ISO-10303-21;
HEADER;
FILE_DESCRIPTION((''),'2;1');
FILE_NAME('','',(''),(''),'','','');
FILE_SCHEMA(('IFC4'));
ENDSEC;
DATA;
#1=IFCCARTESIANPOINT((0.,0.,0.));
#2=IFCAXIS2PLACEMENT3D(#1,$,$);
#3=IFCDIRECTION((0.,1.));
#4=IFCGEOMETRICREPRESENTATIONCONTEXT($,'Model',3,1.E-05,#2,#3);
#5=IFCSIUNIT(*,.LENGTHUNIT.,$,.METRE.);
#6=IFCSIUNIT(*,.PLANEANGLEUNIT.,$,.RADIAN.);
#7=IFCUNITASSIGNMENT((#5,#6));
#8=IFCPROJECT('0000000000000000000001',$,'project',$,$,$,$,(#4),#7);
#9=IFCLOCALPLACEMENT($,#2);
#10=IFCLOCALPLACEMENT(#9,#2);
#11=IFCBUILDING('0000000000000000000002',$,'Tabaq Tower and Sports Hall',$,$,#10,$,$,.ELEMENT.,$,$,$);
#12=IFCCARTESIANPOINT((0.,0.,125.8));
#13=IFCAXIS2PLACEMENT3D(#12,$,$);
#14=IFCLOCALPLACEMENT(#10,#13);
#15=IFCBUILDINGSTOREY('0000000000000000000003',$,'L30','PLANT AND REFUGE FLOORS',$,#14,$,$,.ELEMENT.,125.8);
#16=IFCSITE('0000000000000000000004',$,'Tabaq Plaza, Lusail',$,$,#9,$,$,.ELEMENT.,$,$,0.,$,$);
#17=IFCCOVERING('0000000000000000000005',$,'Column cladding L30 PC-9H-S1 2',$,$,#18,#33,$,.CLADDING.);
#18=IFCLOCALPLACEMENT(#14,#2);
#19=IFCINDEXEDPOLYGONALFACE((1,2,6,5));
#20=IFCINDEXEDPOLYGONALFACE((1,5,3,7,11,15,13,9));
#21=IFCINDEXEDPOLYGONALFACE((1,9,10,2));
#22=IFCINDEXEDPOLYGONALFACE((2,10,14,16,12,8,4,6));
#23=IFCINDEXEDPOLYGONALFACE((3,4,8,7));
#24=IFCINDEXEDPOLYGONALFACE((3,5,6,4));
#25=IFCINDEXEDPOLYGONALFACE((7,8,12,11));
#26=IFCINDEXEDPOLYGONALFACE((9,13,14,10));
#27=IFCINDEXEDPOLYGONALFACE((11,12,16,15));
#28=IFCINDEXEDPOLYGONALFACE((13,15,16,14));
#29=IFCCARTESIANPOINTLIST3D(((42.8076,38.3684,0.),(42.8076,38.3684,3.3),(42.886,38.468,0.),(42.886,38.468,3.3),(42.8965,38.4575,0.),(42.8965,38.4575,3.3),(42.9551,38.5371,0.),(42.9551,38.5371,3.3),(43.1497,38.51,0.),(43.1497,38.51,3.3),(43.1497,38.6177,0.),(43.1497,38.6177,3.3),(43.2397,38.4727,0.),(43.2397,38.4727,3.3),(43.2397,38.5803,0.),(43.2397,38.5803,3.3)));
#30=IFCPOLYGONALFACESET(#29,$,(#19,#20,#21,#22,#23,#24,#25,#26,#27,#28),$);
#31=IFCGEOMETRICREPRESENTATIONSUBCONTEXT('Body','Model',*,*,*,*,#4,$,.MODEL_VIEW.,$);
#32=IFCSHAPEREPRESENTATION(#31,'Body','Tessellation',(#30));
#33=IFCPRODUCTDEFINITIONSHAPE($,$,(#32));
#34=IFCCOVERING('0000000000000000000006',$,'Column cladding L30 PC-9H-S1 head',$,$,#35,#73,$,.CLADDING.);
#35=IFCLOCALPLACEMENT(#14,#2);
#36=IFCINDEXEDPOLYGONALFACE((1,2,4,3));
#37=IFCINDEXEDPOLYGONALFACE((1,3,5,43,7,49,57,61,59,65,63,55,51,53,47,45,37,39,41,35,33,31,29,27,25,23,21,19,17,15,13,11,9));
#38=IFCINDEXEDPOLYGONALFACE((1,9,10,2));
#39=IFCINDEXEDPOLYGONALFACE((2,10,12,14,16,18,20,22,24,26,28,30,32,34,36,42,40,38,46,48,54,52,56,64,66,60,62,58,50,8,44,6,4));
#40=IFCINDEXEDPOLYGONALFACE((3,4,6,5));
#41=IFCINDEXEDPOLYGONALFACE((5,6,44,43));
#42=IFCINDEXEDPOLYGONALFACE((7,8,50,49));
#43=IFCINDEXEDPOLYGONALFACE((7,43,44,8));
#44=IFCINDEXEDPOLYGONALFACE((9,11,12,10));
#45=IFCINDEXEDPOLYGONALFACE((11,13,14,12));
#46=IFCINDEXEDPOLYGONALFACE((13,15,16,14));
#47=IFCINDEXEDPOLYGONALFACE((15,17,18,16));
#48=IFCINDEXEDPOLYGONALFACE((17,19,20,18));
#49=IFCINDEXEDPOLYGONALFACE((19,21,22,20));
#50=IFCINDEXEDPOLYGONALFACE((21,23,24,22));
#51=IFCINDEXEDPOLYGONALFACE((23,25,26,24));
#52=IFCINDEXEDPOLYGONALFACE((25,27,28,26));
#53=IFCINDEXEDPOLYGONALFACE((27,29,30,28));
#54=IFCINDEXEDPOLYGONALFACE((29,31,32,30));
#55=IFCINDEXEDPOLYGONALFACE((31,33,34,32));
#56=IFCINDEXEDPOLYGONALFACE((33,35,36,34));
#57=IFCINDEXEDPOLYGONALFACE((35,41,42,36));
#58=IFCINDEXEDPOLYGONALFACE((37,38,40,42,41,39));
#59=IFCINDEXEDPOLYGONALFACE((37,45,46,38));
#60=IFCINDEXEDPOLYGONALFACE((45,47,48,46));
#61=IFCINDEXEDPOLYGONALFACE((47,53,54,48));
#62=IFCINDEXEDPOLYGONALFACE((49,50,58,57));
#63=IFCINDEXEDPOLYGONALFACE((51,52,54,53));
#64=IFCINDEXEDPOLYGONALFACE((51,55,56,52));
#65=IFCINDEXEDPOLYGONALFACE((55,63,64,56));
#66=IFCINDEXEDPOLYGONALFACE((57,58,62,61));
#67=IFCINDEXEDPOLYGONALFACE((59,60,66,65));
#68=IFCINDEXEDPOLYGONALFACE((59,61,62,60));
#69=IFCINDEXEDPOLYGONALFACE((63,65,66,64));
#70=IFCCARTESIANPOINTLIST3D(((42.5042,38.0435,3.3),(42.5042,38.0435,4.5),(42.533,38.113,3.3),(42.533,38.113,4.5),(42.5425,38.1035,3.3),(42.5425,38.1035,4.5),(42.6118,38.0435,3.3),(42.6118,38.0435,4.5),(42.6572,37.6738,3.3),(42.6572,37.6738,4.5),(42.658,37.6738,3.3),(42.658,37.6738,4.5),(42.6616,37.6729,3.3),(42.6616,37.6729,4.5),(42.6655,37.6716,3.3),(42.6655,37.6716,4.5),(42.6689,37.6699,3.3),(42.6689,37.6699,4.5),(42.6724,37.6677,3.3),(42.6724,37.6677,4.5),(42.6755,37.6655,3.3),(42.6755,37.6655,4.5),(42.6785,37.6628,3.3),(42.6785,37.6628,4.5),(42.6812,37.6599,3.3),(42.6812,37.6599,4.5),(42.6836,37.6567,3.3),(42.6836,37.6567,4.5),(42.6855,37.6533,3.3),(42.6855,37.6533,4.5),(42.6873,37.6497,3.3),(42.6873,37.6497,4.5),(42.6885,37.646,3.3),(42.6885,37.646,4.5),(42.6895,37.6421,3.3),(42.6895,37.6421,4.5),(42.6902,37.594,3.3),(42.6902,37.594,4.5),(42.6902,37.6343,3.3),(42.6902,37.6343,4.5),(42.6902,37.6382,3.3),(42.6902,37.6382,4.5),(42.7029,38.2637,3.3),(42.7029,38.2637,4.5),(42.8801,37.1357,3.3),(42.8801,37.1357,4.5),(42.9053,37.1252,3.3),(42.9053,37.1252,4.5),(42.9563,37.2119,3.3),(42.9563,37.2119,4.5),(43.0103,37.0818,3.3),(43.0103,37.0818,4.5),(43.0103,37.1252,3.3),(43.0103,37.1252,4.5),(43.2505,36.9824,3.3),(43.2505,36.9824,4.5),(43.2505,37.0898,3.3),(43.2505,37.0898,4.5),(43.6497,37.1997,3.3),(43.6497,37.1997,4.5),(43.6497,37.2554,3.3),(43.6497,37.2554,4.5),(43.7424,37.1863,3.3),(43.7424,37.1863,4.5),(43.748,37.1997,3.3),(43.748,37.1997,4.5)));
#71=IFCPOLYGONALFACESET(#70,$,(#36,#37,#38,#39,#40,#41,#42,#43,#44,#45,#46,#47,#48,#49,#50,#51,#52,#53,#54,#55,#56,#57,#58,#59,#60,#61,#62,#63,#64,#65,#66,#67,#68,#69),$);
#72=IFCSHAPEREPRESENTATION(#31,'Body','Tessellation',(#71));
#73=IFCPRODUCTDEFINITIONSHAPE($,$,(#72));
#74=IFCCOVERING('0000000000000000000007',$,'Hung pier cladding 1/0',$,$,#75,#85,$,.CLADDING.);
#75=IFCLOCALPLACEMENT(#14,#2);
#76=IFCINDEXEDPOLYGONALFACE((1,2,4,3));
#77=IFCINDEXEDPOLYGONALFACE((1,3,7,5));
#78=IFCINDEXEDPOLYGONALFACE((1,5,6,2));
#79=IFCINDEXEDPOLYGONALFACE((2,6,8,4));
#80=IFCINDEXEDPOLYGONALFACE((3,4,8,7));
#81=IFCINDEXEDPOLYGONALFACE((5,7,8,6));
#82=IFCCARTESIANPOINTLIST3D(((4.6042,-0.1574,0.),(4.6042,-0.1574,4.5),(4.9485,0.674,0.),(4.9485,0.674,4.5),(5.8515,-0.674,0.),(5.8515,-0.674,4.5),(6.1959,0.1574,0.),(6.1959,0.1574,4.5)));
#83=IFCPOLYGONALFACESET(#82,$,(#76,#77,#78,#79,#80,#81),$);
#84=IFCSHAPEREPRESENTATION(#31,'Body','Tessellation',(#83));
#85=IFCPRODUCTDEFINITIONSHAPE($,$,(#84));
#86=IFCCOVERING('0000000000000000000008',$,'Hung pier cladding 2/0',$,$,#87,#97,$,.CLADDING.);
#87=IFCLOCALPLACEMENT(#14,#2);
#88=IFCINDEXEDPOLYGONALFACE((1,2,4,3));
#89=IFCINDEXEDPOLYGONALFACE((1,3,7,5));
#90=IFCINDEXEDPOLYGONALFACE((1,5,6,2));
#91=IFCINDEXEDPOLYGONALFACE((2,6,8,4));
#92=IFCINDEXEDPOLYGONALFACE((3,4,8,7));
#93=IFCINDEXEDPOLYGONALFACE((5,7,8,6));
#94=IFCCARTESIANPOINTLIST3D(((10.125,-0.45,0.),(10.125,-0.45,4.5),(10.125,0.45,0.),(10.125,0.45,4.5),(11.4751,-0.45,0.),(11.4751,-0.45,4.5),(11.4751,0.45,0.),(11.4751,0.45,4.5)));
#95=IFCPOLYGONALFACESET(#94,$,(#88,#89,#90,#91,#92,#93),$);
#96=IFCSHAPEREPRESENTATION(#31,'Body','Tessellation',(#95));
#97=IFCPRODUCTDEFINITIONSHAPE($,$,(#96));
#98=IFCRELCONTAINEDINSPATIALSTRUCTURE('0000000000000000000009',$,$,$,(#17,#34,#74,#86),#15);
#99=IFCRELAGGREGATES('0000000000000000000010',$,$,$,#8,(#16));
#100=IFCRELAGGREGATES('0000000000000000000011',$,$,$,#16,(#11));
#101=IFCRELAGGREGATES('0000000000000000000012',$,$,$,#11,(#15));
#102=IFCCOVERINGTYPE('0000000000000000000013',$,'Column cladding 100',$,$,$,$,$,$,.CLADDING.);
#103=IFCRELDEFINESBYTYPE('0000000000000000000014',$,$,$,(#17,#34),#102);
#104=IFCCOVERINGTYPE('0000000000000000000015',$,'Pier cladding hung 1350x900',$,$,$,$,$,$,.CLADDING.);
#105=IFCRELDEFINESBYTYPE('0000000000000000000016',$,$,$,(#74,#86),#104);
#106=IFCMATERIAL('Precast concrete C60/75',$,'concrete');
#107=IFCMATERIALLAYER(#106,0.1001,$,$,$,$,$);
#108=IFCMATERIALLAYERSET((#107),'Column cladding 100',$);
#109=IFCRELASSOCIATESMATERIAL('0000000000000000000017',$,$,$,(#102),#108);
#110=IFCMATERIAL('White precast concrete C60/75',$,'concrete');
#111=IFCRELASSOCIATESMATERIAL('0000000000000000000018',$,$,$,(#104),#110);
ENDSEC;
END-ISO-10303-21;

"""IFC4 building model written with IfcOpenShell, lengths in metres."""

from ifc_helpers import new_model, si_unit, direction, frame, frame_2d, origin, place, context, subcontext, project, spatial, polyline, rectangle, outline, extrude, material, layer, layer_set, type_object, element, save


model = new_model("IFC4")

# Units and contexts
model_context = context("Model", 3, precision=1e-05, world=origin(), true_north=direction((0.0, 1.0)))
body_context = subcontext(model_context, "Body", "Model", "MODEL_VIEW")
ifc_project = project(units=[si_unit("LENGTHUNIT", "METRE"), si_unit("PLANEANGLEUNIT", "RADIAN")], contexts=[model_context])

# Site, building, storey
site_placement = place(None, origin())
site = spatial("IfcSite", under=ifc_project, at=site_placement, Name="Tabaq Plaza, Lusail", CompositionType="ELEMENT", RefElevation=0.0)
building_placement = place(site_placement, origin())
building = spatial("IfcBuilding", under=site, at=building_placement, Name="Tabaq Tower and Sports Hall", CompositionType="ELEMENT")
storey_placement = place(building_placement, frame((0.0, 0.0, 125.8)))
storey = spatial("IfcBuildingStorey", under=building, at=storey_placement, Name="L30", Description="PLANT AND REFUGE FLOORS", CompositionType="ELEMENT", Elevation=125.8)

# Coverings
ifc_material_1 = material(Name="Precast concrete C60/75", Category="concrete")
ifc_layer_1 = layer(ifc_material_1, 0.1001)
ifc_layer_set_1 = layer_set([ifc_layer_1], Name="Column cladding 100")
covering_type_1 = type_object("IfcCoveringType", Name="Column cladding 100", PredefinedType="CLADDING", material=ifc_layer_set_1)
covering_1_placement = place(storey_placement, origin())
element("IfcCovering", 1, at=covering_1_placement, inside=storey, type_object=covering_type_1, Name="Column cladding L30 PC-9H-S1 2", PredefinedType="CLADDING", context=body_context, shape_type="SweptSolid", body=[
    extrude(outline(polyline([(43.1497, 38.6177), (43.2397, 38.5803), (43.2397, 38.4727), (43.1497, 38.51), (42.8076, 38.3684), (42.8965, 38.4575), (42.886, 38.468), (42.9551, 38.5371), (43.1497, 38.6177)])), origin(), (0.0, 0.0, 1.0), 3.3),
])
covering_2_placement = place(storey_placement, frame((0.0, 0.0, 3.3)))
element("IfcCovering", 2, at=covering_2_placement, inside=storey, type_object=covering_type_1, Name="Column cladding L30 PC-9H-S1 head", PredefinedType="CLADDING", context=body_context, shape_type="SweptSolid", body=[
    extrude(outline(polyline([(43.0103, 37.0818), (43.0103, 37.1252), (42.9053, 37.1252), (42.8801, 37.1357), (42.6902, 37.594), (42.6902, 37.6343), (42.6902, 37.6382), (42.6895, 37.6421), (42.6885, 37.646), (42.6873, 37.6497), (42.6855, 37.6533), (42.6836, 37.6567), (42.6812, 37.6599), (42.6785, 37.6628), (42.6755, 37.6655), (42.6724, 37.6677), (42.6689, 37.6699), (42.6655, 37.6716), (42.6616, 37.6729), (42.658, 37.6738), (42.6572, 37.6738), (42.5042, 38.0435), (42.533, 38.113), (42.5425, 38.1035), (42.7029, 38.2637), (42.6118, 38.0435), (42.9563, 37.2119), (43.2505, 37.0898), (43.6497, 37.2554), (43.6497, 37.1997), (43.748, 37.1997), (43.7424, 37.1863), (43.2505, 36.9824), (43.0103, 37.0818)])), origin(), (0.0, 0.0, 1.0), 1.2),
])

# Coverings
ifc_material_2 = material(Name="White precast concrete C60/75", Category="concrete")
covering_type_2 = type_object("IfcCoveringType", Name="Pier cladding hung 1350x900", PredefinedType="CLADDING", material=ifc_material_2)
for number, where, z_axis, x_axis, name in (
    (3, (4.7764, 0.2583, 0.0), (0.0, 0.0, 1.0), (0.923893, -0.38265, 0.0), "Hung pier cladding 1/0"),
    (4, (10.125, 0.0, 0.0), (0.0, 0.0, 1.0), (1.0, 0.0, 0.0), "Hung pier cladding 2/0"),
):
    element("IfcCovering", number, at=place(storey_placement, frame(where, z_axis=z_axis, x_axis=x_axis)), inside=storey, type_object=covering_type_2, Name=name, PredefinedType="CLADDING", context=body_context, shape_type="SweptSolid", body=[
        extrude(rectangle(XDim=1.3501, YDim=0.8999, at=frame_2d((0.675, 0.0))), origin(), (0.0, 0.0, 1.0), 4.5),
    ])

save(model, "model.ifc")
